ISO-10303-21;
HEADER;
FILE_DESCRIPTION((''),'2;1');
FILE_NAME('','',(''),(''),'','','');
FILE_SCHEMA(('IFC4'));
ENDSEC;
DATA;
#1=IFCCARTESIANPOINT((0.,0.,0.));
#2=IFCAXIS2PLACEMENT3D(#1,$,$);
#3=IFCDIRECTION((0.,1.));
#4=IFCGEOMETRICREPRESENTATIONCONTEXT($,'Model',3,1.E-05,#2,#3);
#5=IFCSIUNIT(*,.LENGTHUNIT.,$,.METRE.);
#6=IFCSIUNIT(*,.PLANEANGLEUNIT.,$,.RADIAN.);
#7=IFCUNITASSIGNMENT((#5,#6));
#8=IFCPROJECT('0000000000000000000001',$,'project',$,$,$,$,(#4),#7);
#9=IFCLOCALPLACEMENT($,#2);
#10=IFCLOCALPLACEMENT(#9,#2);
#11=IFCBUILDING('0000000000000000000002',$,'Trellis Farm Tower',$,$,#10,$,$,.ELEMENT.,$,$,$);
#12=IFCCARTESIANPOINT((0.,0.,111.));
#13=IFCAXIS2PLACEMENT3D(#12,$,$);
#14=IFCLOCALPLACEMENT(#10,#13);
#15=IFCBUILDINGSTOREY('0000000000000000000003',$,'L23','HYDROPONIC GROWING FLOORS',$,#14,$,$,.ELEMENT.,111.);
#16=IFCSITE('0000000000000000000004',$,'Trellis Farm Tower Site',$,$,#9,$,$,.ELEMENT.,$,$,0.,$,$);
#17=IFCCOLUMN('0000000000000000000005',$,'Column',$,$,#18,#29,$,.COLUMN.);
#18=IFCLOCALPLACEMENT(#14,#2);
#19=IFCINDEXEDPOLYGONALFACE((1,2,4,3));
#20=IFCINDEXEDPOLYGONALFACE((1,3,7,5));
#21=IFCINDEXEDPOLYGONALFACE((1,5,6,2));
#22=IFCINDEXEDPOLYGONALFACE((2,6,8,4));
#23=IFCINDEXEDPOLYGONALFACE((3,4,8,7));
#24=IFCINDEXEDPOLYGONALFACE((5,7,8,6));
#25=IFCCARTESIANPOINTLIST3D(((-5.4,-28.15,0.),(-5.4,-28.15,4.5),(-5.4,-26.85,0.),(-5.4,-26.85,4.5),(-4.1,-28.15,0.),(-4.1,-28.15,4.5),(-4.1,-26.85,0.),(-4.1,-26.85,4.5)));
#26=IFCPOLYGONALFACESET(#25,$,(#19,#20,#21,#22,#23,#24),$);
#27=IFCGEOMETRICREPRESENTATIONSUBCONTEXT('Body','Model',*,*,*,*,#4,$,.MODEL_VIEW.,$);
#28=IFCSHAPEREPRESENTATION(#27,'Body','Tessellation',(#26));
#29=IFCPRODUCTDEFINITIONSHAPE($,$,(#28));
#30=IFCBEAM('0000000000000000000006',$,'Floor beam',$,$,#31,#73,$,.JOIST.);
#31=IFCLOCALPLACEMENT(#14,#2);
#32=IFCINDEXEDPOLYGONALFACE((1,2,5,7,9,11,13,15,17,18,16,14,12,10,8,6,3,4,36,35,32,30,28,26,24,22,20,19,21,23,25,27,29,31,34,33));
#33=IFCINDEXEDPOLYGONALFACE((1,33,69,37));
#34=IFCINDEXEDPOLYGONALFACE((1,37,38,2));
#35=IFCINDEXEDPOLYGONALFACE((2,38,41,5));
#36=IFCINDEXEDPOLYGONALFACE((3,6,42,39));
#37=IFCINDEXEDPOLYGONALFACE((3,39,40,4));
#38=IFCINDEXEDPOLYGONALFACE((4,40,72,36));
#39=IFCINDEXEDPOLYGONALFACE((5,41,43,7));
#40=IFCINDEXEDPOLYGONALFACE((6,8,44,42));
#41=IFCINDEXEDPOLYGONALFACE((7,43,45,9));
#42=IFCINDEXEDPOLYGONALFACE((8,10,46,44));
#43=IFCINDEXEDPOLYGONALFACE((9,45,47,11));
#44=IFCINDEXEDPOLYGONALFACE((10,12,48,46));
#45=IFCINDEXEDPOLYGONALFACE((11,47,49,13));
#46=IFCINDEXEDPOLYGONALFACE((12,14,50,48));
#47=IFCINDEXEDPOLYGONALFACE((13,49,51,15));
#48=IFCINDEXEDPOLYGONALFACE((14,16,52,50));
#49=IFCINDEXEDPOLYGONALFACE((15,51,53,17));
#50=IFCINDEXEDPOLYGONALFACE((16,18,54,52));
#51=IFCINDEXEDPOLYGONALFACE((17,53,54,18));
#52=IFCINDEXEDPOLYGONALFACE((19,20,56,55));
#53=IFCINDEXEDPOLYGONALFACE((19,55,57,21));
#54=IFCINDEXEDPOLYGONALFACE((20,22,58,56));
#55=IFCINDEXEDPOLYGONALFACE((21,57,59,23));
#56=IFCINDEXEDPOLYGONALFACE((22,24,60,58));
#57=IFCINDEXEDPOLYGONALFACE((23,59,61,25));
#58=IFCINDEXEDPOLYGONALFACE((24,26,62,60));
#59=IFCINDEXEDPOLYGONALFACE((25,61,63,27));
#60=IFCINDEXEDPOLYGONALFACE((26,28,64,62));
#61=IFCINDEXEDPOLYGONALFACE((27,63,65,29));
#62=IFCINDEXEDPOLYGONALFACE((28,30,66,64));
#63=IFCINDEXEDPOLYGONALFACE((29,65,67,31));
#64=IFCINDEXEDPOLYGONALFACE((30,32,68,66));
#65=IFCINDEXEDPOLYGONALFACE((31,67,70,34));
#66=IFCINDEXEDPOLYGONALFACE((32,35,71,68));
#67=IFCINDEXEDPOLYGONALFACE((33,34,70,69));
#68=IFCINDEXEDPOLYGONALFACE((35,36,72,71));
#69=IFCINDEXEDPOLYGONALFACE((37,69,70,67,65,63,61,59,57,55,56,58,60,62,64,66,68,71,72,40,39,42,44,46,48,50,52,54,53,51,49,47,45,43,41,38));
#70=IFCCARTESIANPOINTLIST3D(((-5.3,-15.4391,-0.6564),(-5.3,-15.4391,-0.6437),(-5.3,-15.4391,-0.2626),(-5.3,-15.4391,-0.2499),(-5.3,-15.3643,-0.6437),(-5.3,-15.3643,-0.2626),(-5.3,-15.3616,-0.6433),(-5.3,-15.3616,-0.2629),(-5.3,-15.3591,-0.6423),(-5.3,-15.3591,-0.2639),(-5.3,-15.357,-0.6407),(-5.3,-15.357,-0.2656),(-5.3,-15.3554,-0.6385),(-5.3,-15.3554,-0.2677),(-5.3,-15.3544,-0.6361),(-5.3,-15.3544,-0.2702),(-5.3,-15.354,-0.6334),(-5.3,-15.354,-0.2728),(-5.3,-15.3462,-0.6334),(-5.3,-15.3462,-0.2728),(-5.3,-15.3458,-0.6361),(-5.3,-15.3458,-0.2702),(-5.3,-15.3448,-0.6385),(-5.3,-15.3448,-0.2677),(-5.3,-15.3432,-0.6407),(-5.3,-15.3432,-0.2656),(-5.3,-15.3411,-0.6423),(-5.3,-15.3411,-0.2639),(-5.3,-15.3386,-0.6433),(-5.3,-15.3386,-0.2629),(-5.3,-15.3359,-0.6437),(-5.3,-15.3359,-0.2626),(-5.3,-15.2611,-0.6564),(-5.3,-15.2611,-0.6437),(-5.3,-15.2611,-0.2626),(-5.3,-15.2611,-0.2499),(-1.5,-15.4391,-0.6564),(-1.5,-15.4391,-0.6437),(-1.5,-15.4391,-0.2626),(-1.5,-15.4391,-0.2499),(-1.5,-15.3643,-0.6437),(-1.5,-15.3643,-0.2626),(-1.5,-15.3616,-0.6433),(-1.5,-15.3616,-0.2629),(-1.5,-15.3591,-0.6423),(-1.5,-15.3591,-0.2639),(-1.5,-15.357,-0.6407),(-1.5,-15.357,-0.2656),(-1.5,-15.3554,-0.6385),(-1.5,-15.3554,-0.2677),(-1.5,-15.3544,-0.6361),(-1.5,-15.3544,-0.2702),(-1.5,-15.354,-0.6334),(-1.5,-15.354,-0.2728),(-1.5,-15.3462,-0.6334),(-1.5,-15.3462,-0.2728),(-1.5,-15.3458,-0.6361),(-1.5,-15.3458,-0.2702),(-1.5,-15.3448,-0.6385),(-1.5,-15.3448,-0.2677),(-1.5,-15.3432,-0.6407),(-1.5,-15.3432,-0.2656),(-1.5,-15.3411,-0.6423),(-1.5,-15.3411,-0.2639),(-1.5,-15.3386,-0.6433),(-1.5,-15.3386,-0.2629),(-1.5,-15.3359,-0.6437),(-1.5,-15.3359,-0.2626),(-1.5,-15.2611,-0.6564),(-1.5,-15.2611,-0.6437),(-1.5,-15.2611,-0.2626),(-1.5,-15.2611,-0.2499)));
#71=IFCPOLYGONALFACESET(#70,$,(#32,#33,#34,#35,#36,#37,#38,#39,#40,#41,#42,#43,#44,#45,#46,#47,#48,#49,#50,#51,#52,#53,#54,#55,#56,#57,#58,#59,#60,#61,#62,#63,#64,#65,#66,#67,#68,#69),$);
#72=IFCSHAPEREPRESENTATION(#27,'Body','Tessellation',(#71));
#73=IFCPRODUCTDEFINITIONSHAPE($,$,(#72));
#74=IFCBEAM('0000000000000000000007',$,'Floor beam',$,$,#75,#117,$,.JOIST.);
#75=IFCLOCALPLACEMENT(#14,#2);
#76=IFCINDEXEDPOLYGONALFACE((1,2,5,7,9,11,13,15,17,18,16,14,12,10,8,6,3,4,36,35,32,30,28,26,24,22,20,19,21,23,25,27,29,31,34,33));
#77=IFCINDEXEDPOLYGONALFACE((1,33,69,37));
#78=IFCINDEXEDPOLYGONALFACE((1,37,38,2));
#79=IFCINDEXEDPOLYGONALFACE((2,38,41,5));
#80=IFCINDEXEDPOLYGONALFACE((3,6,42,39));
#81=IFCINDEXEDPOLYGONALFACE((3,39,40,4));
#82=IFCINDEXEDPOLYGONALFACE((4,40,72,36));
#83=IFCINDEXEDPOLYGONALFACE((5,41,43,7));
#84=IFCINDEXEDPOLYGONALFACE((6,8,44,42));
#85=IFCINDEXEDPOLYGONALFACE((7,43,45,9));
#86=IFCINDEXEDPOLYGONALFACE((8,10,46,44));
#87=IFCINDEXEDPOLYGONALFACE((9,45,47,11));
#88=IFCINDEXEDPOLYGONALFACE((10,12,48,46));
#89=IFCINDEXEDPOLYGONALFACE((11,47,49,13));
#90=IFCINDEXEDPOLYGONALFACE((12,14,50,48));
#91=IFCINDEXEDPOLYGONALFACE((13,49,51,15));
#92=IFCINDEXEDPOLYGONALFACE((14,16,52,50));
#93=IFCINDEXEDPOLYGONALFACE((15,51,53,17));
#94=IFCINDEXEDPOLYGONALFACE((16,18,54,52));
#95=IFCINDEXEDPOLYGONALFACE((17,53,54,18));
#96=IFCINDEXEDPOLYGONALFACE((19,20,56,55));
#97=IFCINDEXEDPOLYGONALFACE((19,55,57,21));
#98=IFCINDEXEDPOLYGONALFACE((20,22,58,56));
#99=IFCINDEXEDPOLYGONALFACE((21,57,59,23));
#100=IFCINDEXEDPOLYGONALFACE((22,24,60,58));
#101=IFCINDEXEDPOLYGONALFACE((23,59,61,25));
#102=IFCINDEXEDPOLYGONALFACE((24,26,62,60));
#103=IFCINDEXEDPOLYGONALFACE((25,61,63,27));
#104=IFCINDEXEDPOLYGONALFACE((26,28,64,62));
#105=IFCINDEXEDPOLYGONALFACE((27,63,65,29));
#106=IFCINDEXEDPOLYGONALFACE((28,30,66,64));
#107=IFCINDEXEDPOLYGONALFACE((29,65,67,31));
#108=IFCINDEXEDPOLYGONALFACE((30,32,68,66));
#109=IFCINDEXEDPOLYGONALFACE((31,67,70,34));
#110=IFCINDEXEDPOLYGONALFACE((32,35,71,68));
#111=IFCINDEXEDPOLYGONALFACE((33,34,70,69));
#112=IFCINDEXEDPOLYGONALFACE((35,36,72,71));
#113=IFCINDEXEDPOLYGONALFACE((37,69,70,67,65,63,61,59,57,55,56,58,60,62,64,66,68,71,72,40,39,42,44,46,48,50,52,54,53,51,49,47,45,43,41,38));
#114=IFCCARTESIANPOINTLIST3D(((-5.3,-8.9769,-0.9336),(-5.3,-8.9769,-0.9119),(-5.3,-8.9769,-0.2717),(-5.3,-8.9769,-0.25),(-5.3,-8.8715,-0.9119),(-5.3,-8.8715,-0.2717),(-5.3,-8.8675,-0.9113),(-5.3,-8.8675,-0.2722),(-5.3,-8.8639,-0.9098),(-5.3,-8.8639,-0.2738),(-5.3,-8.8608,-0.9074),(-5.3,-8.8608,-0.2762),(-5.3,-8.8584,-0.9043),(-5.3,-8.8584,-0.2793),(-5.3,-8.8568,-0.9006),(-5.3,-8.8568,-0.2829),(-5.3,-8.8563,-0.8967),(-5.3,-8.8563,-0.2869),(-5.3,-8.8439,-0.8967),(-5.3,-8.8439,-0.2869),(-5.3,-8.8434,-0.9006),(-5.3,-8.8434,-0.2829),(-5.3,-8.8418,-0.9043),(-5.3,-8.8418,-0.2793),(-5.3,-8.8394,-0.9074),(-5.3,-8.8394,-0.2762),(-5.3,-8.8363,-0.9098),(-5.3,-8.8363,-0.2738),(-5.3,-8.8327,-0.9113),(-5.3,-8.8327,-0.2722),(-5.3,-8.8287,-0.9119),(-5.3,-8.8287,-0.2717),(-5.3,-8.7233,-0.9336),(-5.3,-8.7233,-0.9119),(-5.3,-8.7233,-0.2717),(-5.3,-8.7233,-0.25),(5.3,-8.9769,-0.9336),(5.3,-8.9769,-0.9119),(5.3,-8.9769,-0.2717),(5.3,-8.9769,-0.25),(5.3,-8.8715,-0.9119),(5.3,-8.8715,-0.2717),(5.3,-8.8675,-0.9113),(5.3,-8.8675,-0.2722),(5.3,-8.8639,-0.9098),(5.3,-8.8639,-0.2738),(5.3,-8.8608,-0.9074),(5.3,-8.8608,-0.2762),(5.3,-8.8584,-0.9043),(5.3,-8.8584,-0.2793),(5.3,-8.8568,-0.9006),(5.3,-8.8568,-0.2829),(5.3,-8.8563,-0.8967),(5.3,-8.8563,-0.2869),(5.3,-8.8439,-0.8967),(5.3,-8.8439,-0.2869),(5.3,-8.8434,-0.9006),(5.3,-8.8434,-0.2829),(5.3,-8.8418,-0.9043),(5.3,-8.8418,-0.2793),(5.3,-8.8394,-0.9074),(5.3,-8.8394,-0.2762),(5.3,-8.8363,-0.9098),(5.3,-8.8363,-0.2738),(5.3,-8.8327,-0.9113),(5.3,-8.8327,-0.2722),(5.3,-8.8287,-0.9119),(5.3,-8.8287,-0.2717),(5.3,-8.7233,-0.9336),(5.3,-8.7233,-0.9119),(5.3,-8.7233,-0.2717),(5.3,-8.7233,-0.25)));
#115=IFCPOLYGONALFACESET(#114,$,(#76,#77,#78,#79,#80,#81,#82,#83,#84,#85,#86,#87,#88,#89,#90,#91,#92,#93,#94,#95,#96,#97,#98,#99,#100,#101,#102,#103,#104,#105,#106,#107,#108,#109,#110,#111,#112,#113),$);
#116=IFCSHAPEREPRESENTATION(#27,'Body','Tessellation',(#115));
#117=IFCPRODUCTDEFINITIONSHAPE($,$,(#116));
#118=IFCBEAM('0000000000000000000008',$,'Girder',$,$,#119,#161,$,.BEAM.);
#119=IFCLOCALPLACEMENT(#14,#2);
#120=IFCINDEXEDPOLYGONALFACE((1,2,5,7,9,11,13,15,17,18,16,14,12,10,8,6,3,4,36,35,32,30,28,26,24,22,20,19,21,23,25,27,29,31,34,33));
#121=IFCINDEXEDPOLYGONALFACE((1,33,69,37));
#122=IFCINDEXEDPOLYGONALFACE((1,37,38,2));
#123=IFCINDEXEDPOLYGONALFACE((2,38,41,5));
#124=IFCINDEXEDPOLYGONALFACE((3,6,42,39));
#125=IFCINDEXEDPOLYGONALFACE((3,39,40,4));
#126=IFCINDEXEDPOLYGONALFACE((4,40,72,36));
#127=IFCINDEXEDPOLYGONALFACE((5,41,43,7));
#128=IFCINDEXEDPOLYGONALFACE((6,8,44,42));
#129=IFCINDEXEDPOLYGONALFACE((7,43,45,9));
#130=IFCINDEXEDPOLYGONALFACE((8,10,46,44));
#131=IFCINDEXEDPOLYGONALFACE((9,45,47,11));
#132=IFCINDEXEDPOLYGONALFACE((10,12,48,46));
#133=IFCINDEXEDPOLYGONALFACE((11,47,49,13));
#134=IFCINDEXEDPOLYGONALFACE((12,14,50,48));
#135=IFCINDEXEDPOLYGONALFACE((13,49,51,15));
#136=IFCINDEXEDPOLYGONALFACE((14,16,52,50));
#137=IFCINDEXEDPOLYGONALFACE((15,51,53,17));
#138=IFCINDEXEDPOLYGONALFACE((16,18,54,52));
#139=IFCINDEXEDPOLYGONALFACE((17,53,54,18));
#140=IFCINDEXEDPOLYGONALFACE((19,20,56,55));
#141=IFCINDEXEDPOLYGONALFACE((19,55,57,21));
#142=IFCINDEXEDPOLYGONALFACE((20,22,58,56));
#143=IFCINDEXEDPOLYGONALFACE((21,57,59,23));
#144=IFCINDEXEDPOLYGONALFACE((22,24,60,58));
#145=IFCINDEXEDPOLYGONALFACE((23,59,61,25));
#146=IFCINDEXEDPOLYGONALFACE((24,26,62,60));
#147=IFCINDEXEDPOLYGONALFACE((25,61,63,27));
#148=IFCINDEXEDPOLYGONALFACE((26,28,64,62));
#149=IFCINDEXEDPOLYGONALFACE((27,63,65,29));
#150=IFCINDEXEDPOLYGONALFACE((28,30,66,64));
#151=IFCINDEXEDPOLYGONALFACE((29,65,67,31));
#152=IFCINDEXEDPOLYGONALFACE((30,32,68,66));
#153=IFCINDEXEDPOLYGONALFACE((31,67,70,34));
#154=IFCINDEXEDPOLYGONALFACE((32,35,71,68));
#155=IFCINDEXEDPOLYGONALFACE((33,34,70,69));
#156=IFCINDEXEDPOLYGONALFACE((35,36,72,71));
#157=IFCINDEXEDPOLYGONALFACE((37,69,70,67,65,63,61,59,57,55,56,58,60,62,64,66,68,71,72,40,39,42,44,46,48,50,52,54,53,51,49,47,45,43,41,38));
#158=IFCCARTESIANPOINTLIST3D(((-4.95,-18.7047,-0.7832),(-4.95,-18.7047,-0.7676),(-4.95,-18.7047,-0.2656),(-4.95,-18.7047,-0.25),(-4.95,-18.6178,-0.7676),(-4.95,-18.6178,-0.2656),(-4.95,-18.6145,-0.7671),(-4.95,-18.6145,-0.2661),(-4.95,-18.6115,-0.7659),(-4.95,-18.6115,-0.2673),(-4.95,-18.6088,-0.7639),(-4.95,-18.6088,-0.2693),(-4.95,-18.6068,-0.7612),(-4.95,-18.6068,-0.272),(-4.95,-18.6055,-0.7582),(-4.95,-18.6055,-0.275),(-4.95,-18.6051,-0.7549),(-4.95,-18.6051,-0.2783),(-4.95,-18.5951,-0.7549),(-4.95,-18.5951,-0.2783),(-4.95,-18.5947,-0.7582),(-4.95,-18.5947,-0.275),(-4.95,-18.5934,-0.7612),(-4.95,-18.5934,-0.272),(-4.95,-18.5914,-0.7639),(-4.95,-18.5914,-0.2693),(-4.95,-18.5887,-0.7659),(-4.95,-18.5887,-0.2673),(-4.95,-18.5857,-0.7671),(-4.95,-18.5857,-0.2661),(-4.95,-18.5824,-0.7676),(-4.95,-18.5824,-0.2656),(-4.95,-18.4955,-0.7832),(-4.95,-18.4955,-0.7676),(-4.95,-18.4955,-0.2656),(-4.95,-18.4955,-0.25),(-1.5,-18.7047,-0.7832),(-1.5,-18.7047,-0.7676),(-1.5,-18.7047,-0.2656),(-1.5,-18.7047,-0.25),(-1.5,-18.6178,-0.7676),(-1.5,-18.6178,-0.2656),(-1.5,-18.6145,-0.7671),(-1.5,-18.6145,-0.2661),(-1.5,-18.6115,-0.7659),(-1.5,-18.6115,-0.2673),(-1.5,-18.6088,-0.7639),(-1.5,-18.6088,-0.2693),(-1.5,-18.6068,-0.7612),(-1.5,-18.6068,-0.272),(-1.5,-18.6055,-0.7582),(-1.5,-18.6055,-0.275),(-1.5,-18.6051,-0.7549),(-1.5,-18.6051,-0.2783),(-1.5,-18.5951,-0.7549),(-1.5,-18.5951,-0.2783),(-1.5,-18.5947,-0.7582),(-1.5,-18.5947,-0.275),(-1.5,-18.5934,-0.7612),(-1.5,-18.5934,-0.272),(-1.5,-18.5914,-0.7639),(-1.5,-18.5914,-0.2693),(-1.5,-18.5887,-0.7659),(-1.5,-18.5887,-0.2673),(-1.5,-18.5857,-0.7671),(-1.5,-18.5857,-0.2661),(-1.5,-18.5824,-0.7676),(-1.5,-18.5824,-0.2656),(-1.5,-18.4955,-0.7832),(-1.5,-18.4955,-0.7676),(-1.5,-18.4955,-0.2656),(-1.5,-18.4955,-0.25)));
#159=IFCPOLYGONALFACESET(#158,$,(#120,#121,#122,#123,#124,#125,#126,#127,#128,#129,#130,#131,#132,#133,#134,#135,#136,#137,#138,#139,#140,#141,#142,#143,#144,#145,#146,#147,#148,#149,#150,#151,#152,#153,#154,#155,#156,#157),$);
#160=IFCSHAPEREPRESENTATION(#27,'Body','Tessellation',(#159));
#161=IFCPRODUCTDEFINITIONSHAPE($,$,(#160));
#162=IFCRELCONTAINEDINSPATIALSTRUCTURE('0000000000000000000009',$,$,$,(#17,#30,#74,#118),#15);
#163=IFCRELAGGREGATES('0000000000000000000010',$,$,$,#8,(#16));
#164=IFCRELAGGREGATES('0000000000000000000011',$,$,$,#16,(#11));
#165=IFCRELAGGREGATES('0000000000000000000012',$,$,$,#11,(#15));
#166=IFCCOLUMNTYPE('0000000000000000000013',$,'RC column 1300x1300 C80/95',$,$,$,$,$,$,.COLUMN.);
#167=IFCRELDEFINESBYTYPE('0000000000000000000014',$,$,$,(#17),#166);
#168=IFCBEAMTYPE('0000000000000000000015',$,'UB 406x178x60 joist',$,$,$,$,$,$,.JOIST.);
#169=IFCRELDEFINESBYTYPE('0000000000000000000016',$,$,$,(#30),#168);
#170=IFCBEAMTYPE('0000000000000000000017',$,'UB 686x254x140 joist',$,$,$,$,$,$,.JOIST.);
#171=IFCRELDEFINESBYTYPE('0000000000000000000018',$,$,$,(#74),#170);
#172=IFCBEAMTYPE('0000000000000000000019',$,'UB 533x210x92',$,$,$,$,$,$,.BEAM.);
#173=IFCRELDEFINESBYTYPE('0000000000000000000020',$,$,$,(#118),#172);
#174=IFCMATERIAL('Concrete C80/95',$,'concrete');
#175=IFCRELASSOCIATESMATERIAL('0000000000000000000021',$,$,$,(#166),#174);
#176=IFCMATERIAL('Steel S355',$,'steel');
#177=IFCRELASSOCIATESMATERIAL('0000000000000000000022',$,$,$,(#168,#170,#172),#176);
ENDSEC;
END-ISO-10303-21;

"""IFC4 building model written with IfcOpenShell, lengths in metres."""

from ifc_helpers import new_model, si_unit, direction, frame, origin, origin_2d, place, context, subcontext, project, spatial, rectangle, i_section, extrude, source, transform, mapped, material, material_profile, profile_set, type_object, element, save


model = new_model("IFC4")

# Units and contexts
model_context = context("Model", 3, precision=1e-05, world=origin(), true_north=direction((0.0, 1.0)))
body_context = subcontext(model_context, "Body", "Model", "MODEL_VIEW")
ifc_project = project(units=[si_unit("LENGTHUNIT", "METRE"), si_unit("PLANEANGLEUNIT", "RADIAN")], contexts=[model_context])

# Site, building, storey
site_placement = place(None, origin())
site = spatial("IfcSite", under=ifc_project, at=site_placement, Name="Trellis Farm Tower Site", CompositionType="ELEMENT", RefElevation=0.0)
building_placement = place(site_placement, origin())
building = spatial("IfcBuilding", under=site, at=building_placement, Name="Trellis Farm Tower", CompositionType="ELEMENT")
storey_placement = place(building_placement, frame((0.0, 0.0, 111.0)))
storey = spatial("IfcBuildingStorey", under=building, at=storey_placement, Name="L23", Description="HYDROPONIC GROWING FLOORS", CompositionType="ELEMENT", Elevation=111.0)

# Column
ifc_material_1 = material(Name="Concrete C80/95", Category="concrete")
ifc_material_profile_1 = material_profile(ifc_material_1, rectangle(XDim=1.3, YDim=1.3, at=origin_2d()), Name="RC column 1300x1300 C80/95")
ifc_profile_set_1 = profile_set([ifc_material_profile_1], Name="Concrete C80/95")
column_type = type_object("IfcColumnType", Name="RC column 1300x1300 C80/95", PredefinedType="COLUMN", material=ifc_profile_set_1)
shared_shape_1 = source(origin(), body_context, "Body", "SweptSolid", [
    extrude(rectangle(XDim=1.3, YDim=1.3, at=origin_2d()), origin(), (0.0, 0.0, 1.0), 4.5),
])
column_placement = place(storey_placement, frame((-4.75, -27.5, 0.0), z_axis=(0.0, 0.0, 1.0), x_axis=(1.0, 0.0, 0.0)))
element("IfcColumn", 1, at=column_placement, inside=storey, type_object=column_type, Name="Column", PredefinedType="COLUMN", context=body_context, shape_type="MappedRepresentation", body=[
    mapped(shared_shape_1, transform((0.0, 0.0, 0.0))),
])

# Beams
ifc_material_2 = material(Name="Steel S355", Category="steel")
ifc_material_profile_2 = material_profile(ifc_material_2, i_section(OverallWidth=0.178, OverallDepth=0.4065, WebThickness=0.0078, FlangeThickness=0.0127, FilletRadius=0.0103, at=origin_2d()), Name="UB 406x178x60")
ifc_profile_set_2 = profile_set([ifc_material_profile_2], Name="Steel S355")
beam_type_1 = type_object("IfcBeamType", Name="UB 406x178x60 joist", PredefinedType="JOIST", material=ifc_profile_set_2)
shared_shape_2 = source(origin(), body_context, "Body", "SweptSolid", [
    extrude(i_section(OverallWidth=0.178, OverallDepth=0.4065, WebThickness=0.0078, FlangeThickness=0.0127, FilletRadius=0.0103, at=origin_2d()), origin(), (0.0, 0.0, 1.0), 3.8),
])
beam_1_placement = place(storey_placement, frame((-5.3, -15.3501, -0.4531), z_axis=(1.0, 0.0, 0.0), x_axis=(0.0, 1.0, 0.0)))
element("IfcBeam", 2, at=beam_1_placement, inside=storey, type_object=beam_type_1, Name="Floor beam", PredefinedType="JOIST", context=body_context, shape_type="MappedRepresentation", body=[
    mapped(shared_shape_2, transform((0.0, 0.0, 0.0))),
])
ifc_material_profile_3 = material_profile(ifc_material_2, i_section(OverallWidth=0.2537, OverallDepth=0.6836, WebThickness=0.0125, FlangeThickness=0.0217, FilletRadius=0.0151, at=origin_2d()), Name="UB 686x254x140")
ifc_profile_set_3 = profile_set([ifc_material_profile_3], Name="Steel S355")
beam_type_2 = type_object("IfcBeamType", Name="UB 686x254x140 joist", PredefinedType="JOIST", material=ifc_profile_set_3)
shared_shape_3 = source(origin(), body_context, "Body", "SweptSolid", [
    extrude(i_section(OverallWidth=0.2537, OverallDepth=0.6836, WebThickness=0.0125, FlangeThickness=0.0217, FilletRadius=0.0151, at=origin_2d()), origin(), (0.0, 0.0, 1.0), 10.6001),
])
beam_2_placement = place(storey_placement, frame((-5.3, -8.8501, -0.5918), z_axis=(1.0, 0.0, 0.0), x_axis=(0.0, 1.0, 0.0)))
element("IfcBeam", 3, at=beam_2_placement, inside=storey, type_object=beam_type_2, Name="Floor beam", PredefinedType="JOIST", context=body_context, shape_type="MappedRepresentation", body=[
    mapped(shared_shape_3, transform((0.0, 0.0, 0.0))),
])
ifc_material_profile_4 = material_profile(ifc_material_2, i_section(OverallWidth=0.2092, OverallDepth=0.5332, WebThickness=0.01, FlangeThickness=0.0156, FilletRadius=0.0127, at=origin_2d()), Name="UB 533x210x92")
ifc_profile_set_4 = profile_set([ifc_material_profile_4], Name="Steel S355")
beam_type_3 = type_object("IfcBeamType", Name="UB 533x210x92", PredefinedType="BEAM", material=ifc_profile_set_4)
shared_shape_4 = source(origin(), body_context, "Body", "SweptSolid", [
    extrude(i_section(OverallWidth=0.2092, OverallDepth=0.5332, WebThickness=0.01, FlangeThickness=0.0156, FilletRadius=0.0127, at=origin_2d()), origin(), (0.0, 0.0, 1.0), 3.45),
])
beam_3_placement = place(storey_placement, frame((-4.95, -18.6001, -0.5166), z_axis=(1.0, 0.0, 0.0), x_axis=(0.0, 1.0, 0.0)))
element("IfcBeam", 4, at=beam_3_placement, inside=storey, type_object=beam_type_3, Name="Girder", PredefinedType="BEAM", context=body_context, shape_type="MappedRepresentation", body=[
    mapped(shared_shape_4, transform((0.0, 0.0, 0.0))),
])

save(model, "model.ifc")
